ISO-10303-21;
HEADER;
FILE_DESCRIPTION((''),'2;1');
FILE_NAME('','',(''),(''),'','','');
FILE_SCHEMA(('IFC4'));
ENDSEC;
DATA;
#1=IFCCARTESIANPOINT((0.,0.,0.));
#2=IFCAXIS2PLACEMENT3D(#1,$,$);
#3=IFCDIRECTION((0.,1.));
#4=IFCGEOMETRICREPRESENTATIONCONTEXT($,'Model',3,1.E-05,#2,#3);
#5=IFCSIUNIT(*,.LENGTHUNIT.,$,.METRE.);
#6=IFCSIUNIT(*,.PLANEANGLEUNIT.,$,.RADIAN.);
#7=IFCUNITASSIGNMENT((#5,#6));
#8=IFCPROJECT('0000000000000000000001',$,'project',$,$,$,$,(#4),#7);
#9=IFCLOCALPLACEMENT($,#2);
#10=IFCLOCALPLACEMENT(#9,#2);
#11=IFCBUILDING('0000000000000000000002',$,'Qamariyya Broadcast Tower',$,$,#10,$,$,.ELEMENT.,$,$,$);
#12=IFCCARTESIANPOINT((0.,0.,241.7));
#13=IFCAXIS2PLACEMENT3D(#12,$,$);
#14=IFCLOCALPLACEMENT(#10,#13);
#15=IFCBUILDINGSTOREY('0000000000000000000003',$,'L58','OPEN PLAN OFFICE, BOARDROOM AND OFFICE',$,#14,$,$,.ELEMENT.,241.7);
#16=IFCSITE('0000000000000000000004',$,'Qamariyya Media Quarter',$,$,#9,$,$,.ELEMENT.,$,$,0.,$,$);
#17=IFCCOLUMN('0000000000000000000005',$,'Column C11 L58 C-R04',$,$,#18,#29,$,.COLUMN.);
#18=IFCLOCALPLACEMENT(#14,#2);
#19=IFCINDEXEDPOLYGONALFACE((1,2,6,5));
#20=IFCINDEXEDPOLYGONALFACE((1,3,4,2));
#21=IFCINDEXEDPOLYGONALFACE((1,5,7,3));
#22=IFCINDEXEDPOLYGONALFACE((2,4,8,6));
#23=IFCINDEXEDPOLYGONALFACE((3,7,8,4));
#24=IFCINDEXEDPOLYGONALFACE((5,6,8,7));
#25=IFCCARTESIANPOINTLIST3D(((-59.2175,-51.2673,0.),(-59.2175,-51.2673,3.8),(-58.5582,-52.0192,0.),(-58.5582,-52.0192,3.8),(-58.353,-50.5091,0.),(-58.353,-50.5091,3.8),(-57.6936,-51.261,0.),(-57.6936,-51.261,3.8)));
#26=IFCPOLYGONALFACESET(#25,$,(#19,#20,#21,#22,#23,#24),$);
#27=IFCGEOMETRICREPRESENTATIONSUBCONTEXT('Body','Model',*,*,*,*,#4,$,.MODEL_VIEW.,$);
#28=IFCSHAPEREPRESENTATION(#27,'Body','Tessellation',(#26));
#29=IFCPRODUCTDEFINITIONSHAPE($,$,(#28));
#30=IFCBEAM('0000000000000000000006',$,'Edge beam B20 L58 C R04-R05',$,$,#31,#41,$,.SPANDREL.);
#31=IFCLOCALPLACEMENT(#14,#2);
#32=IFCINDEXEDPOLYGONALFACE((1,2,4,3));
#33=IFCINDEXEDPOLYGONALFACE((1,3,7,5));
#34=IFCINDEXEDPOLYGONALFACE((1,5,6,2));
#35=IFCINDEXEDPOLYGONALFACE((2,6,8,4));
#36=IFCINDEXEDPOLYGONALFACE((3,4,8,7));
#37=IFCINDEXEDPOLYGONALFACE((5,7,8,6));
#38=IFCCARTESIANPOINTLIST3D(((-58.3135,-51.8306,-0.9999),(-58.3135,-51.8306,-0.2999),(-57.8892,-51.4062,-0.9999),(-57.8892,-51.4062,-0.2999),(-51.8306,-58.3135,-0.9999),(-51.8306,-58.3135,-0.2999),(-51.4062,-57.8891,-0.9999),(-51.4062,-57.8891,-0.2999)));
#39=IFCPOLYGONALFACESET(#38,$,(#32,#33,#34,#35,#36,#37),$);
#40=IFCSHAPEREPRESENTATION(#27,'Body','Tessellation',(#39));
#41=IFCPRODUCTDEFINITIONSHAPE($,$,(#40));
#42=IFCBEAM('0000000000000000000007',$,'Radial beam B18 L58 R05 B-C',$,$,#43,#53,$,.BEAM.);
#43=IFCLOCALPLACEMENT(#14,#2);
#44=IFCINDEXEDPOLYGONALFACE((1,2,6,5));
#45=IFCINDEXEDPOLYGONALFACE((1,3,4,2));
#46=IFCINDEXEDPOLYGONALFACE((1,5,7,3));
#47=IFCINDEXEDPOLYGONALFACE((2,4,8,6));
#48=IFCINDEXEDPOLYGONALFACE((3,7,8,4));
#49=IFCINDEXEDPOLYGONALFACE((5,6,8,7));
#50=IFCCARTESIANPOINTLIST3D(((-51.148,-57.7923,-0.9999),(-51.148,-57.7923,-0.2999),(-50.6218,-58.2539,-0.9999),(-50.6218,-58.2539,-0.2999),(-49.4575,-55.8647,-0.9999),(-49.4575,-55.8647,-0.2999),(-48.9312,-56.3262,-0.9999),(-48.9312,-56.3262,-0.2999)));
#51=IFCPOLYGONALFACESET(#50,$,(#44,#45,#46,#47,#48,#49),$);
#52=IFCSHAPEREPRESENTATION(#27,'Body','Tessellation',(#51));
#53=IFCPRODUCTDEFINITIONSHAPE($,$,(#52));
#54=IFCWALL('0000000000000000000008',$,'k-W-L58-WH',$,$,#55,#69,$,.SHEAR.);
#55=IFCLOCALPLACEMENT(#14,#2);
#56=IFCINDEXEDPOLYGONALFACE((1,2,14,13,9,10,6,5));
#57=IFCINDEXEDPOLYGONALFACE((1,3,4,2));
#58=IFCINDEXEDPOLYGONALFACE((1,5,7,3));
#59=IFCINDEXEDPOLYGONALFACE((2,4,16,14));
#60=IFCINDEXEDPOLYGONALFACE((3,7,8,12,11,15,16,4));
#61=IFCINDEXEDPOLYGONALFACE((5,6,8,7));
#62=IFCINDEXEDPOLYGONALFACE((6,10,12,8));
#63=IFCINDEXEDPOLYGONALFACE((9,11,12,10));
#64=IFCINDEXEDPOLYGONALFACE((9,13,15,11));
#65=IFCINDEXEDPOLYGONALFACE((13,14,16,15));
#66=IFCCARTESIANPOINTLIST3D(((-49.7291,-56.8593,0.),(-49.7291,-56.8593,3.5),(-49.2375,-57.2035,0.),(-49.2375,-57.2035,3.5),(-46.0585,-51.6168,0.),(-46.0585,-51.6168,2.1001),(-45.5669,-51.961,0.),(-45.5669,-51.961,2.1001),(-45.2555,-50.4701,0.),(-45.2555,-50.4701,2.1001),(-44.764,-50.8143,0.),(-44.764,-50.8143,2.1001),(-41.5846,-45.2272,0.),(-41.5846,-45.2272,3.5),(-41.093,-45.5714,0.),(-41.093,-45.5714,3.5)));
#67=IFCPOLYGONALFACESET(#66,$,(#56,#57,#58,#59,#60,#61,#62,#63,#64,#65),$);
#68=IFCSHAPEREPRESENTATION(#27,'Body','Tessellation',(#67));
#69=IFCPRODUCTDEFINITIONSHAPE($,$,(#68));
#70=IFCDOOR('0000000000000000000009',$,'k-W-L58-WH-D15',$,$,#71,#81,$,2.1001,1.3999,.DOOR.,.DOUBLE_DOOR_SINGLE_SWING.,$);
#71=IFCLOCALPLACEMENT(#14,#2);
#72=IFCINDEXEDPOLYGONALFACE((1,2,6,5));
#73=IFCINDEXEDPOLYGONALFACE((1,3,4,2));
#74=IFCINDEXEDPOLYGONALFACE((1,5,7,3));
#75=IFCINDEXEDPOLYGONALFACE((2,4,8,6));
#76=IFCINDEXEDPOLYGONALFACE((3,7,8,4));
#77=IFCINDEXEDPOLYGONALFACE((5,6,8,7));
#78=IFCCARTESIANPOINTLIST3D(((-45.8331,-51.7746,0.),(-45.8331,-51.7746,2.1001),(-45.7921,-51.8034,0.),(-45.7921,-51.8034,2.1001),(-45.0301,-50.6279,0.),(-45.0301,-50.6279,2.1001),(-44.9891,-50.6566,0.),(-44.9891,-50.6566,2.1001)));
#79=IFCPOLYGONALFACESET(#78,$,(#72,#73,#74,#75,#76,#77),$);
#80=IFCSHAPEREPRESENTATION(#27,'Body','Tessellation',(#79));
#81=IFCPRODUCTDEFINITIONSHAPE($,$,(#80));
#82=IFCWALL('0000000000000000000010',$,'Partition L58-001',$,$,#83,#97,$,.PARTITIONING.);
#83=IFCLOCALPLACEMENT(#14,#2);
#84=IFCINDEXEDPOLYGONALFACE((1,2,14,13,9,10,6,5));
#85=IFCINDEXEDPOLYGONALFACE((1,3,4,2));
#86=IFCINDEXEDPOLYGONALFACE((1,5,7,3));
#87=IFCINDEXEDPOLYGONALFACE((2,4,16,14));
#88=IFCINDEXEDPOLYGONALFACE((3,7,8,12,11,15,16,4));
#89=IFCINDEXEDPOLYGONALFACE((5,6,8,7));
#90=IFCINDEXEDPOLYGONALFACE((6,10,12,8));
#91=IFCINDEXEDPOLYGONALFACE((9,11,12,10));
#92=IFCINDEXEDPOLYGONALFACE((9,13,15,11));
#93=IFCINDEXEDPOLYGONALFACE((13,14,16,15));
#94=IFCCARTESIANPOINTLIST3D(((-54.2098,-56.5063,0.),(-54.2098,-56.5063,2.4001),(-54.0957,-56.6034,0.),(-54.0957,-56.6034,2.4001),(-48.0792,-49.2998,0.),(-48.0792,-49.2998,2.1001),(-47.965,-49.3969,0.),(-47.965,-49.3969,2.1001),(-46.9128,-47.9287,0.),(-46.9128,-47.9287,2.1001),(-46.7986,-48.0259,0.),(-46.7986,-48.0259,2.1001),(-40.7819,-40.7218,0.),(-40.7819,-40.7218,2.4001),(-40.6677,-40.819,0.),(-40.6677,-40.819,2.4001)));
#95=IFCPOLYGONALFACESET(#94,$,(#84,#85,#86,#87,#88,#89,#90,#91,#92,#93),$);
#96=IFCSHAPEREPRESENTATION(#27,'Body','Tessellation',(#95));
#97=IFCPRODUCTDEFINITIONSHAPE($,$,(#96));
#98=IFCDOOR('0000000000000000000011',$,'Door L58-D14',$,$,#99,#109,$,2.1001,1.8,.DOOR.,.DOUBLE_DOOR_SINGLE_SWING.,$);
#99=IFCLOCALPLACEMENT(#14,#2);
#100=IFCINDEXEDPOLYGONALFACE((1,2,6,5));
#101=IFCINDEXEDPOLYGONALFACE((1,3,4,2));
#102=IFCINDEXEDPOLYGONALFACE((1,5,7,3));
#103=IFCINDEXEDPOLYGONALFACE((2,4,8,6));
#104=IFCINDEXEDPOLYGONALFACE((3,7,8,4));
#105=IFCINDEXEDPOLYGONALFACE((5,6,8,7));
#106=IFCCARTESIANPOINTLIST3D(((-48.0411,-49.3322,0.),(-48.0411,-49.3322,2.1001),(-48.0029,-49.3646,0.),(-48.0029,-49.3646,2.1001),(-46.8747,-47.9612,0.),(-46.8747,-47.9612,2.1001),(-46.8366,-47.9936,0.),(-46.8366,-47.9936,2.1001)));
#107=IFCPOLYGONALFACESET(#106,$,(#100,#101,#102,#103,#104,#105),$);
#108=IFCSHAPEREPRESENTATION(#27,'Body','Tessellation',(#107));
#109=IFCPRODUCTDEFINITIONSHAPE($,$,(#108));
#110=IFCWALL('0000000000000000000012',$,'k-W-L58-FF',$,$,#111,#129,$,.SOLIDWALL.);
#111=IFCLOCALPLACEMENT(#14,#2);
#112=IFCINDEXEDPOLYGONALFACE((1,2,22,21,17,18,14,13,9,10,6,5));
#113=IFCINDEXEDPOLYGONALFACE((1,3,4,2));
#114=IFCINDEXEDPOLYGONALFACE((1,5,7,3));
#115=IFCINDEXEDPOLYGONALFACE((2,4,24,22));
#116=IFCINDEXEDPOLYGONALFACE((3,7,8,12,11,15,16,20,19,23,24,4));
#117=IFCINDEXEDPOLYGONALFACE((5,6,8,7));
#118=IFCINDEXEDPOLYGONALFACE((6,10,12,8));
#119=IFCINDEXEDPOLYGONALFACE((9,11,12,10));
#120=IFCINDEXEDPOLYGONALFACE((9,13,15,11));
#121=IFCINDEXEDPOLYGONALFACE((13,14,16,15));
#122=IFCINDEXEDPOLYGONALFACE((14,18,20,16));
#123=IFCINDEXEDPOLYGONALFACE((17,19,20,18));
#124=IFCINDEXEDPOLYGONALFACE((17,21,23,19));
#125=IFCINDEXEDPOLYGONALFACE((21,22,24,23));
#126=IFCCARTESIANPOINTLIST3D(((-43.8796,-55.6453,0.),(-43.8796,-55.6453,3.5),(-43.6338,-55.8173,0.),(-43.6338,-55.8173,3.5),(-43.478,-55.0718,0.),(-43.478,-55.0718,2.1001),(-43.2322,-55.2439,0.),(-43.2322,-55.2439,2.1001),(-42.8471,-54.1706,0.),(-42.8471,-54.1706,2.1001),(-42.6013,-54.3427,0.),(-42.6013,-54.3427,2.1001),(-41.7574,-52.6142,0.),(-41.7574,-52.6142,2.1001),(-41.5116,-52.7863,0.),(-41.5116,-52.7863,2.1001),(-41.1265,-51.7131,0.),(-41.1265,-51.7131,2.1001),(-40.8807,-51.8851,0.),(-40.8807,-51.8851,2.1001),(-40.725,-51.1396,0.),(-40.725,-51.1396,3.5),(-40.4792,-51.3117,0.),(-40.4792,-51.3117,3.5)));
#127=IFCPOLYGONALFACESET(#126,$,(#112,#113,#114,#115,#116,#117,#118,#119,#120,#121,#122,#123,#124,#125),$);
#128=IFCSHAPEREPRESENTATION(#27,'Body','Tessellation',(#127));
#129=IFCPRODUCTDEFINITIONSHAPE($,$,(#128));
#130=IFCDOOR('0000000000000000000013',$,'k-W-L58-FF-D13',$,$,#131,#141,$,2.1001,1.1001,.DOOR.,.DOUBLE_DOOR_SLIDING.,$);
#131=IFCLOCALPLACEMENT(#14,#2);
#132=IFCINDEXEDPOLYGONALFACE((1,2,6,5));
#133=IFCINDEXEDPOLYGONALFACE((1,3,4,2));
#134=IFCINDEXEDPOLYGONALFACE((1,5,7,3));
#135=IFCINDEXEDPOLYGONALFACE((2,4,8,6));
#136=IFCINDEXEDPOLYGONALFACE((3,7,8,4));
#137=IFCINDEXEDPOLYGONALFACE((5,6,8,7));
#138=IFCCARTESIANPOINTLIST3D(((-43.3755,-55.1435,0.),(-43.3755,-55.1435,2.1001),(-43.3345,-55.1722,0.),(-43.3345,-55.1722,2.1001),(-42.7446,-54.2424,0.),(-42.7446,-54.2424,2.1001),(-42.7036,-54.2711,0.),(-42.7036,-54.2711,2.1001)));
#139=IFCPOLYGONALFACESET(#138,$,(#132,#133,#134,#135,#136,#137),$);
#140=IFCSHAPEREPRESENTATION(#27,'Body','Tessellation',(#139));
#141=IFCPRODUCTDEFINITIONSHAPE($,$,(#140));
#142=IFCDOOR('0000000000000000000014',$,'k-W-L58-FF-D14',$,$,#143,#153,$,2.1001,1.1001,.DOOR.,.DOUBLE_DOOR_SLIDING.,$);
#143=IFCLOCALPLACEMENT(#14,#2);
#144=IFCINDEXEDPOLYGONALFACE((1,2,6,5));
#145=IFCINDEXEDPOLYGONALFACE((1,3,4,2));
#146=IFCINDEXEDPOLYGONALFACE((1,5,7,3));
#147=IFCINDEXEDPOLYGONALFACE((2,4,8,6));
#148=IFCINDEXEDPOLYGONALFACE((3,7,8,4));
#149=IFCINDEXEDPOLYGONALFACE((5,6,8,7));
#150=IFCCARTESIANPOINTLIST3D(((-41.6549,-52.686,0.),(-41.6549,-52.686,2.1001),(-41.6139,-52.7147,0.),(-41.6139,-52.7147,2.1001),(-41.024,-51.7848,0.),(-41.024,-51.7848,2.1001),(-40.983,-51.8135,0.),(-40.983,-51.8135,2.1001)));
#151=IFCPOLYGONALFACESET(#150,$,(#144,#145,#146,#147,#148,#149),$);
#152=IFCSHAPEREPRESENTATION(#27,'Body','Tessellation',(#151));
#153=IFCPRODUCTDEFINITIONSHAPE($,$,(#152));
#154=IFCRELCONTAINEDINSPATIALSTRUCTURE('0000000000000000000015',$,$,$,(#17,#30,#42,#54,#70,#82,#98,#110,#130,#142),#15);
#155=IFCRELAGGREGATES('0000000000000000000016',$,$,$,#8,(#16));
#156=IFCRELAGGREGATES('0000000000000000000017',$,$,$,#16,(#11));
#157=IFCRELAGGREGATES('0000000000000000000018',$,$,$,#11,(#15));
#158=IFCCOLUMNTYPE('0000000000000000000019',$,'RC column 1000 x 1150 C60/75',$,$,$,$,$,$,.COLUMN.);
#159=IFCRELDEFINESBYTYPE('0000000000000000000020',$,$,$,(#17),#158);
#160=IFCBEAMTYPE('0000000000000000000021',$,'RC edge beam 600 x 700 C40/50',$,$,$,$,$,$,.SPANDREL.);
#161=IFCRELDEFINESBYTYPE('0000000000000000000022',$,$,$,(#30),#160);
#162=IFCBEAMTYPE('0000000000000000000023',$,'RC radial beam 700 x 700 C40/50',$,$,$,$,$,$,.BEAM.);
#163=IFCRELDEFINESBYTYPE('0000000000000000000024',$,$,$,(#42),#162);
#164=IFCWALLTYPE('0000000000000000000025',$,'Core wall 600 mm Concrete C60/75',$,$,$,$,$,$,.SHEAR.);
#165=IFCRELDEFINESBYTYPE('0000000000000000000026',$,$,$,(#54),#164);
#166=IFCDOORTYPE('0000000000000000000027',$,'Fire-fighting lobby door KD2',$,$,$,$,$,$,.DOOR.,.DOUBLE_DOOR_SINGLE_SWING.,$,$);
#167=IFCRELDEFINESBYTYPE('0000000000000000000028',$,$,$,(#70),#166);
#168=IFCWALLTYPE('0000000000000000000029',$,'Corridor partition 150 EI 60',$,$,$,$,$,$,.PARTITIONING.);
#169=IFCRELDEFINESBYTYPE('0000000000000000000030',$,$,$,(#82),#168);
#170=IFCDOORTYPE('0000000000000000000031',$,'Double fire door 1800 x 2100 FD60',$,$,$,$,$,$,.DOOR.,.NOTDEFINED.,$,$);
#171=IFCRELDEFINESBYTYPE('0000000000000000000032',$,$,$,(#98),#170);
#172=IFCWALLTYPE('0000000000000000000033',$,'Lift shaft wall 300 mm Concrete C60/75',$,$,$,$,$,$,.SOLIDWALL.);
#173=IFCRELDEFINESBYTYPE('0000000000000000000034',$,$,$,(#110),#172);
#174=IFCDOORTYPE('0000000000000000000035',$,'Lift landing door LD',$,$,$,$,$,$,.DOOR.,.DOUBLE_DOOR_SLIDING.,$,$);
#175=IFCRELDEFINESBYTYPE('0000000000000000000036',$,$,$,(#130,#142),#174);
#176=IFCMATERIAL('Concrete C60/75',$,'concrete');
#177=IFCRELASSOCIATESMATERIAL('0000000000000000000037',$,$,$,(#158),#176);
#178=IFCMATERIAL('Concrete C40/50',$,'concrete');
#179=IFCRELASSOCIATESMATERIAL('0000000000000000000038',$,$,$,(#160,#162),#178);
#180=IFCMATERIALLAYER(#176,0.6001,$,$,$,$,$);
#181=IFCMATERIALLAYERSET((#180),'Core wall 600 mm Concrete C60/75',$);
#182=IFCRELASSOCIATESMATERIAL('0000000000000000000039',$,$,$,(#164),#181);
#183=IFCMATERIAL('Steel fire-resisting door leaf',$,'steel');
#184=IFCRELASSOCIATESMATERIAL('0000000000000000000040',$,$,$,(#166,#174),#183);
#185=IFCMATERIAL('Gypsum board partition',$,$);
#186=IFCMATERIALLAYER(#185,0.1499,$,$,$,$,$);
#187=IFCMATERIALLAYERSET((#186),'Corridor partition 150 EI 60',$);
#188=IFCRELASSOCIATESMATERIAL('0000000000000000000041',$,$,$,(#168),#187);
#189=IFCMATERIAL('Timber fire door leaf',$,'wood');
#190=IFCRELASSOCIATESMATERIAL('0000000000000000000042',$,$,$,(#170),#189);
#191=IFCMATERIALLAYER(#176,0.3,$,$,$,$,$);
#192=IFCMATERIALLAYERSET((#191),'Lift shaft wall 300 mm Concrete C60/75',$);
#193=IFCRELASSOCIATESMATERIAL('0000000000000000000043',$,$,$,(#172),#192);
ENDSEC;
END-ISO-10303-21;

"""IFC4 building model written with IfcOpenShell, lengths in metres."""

from ifc_helpers import new_model, si_unit, direction, frame, frame_2d, origin, origin_2d, place, context, subcontext, project, spatial, rectangle, extrude, material, layer, layer_set, material_profile, profile_set, type_object, element, fill, save


model = new_model("IFC4")

# Units and contexts
model_context = context("Model", 3, precision=1e-05, world=origin(), true_north=direction((0.0, 1.0)))
body_context = subcontext(model_context, "Body", "Model", "MODEL_VIEW")
ifc_project = project(units=[si_unit("LENGTHUNIT", "METRE"), si_unit("PLANEANGLEUNIT", "RADIAN")], contexts=[model_context])

# Site, building, storey
site_placement = place(None, origin())
site = spatial("IfcSite", under=ifc_project, at=site_placement, Name="Qamariyya Media Quarter", CompositionType="ELEMENT", RefElevation=0.0)
building_placement = place(site_placement, origin())
building = spatial("IfcBuilding", under=site, at=building_placement, Name="Qamariyya Broadcast Tower", CompositionType="ELEMENT")
storey_placement = place(building_placement, frame((0.0, 0.0, 241.7)))
storey = spatial("IfcBuildingStorey", under=building, at=storey_placement, Name="L58", Description="OPEN PLAN OFFICE, BOARDROOM AND OFFICE", CompositionType="ELEMENT", Elevation=241.7)

# Column
ifc_material_1 = material(Name="Concrete C60/75", Category="concrete")
ifc_material_profile_1 = material_profile(ifc_material_1, rectangle(XDim=1.0, YDim=1.1499, at=origin_2d()))
ifc_profile_set_1 = profile_set([ifc_material_profile_1], Name="Concrete C60/75")
column_type = type_object("IfcColumnType", Name="RC column 1000 x 1150 C60/75", PredefinedType="COLUMN", material=ifc_profile_set_1)
column_placement = place(storey_placement, frame((-58.4556, -51.2642, 0.0), z_axis=(0.0, 0.0, 1.0), x_axis=(0.659346, -0.75184, 0.0)))
element("IfcColumn", 1, at=column_placement, inside=storey, type_object=column_type, Name="Column C11 L58 C-R04", PredefinedType="COLUMN", context=body_context, shape_type="SweptSolid", body=[
    extrude(rectangle(XDim=1.0, YDim=1.1499, at=origin_2d()), origin(), (0.0, 0.0, 1.0), 3.8),
])

# Beams
ifc_material_2 = material(Name="Concrete C40/50", Category="concrete")
ifc_material_profile_2 = material_profile(ifc_material_2, rectangle(XDim=0.6001, YDim=0.7, at=origin_2d()))
ifc_profile_set_2 = profile_set([ifc_material_profile_2], Name="Concrete C40/50")
beam_type_1 = type_object("IfcBeamType", Name="RC edge beam 600 x 700 C40/50", PredefinedType="SPANDREL", material=ifc_profile_set_2)
beam_1_placement = place(storey_placement, frame((-58.1013, -51.6184, -0.6499), z_axis=(0.707107, -0.707107, 0.0), x_axis=(0.707107, 0.707107, 0.0)))
element("IfcBeam", 2, at=beam_1_placement, inside=storey, type_object=beam_type_1, Name="Edge beam B20 L58 C R04-R05", PredefinedType="SPANDREL", context=body_context, shape_type="SweptSolid", body=[
    extrude(rectangle(XDim=0.6001, YDim=0.7, at=origin_2d()), origin(), (0.0, 0.0, 1.0), 9.1682),
])
ifc_material_profile_3 = material_profile(ifc_material_2, rectangle(XDim=0.7, YDim=0.7, at=origin_2d()))
ifc_profile_set_3 = profile_set([ifc_material_profile_3], Name="Concrete C40/50")
beam_type_2 = type_object("IfcBeamType", Name="RC radial beam 700 x 700 C40/50", PredefinedType="BEAM", material=ifc_profile_set_3)
beam_2_placement = place(storey_placement, frame((-49.1943, -56.0955, -0.6499), z_axis=(-0.659367, -0.751821, 0.0), x_axis=(0.751821, -0.659367, 0.0)))
element("IfcBeam", 3, at=beam_2_placement, inside=storey, type_object=beam_type_2, Name="Radial beam B18 L58 R05 B-C", PredefinedType="BEAM", context=body_context, shape_type="SweptSolid", body=[
    extrude(rectangle(XDim=0.7, YDim=0.7, at=origin_2d()), origin(), (0.0, 0.0, 1.0), 2.564),
])

# Walls, openings, doors
ifc_layer_1 = layer(ifc_material_1, 0.6001)
ifc_layer_set_1 = layer_set([ifc_layer_1], Name="Core wall 600 mm Concrete C60/75")
wall_type_1 = type_object("IfcWallType", Name="Core wall 600 mm Concrete C60/75", PredefinedType="SHEAR", material=ifc_layer_set_1)
wall_1_placement = place(storey_placement, frame((-49.4834, -57.0315, 0.0), z_axis=(0.0, 0.0, 1.0), x_axis=(0.57356, 0.819163, 0.0)))
wall_1 = element("IfcWall", 4, at=wall_1_placement, inside=storey, type_object=wall_type_1, Name="k-W-L58-WH", PredefinedType="SHEAR", context=body_context, shape_type="SweptSolid", body=[
    extrude(rectangle(XDim=14.2, YDim=0.6001, at=frame_2d((7.1001, 0.0))), origin(), (0.0, 0.0, 1.0), 3.5),
])
opening_1_placement = place(wall_1_placement, frame((6.3999, 0.0, 0.0)))
opening_1 = element("IfcOpeningElement", 5, at=opening_1_placement, cuts=wall_1, PredefinedType="OPENING", context=body_context, shape_type="SweptSolid", body=[
    extrude(rectangle(XDim=1.3999, YDim=2.1001, at=frame_2d((0.7, 1.05))), frame((0.0, 0.3101, 0.0), z_axis=(0.0, -1.0, 0.0), x_axis=(1.0, 0.0, 0.0)), (0.0, 0.0, 1.0), 0.6201),
])
ifc_material_3 = material(Name="Steel fire-resisting door leaf", Category="steel")
door_type_1 = type_object("IfcDoorType", Name="Fire-fighting lobby door KD2", OperationType="DOUBLE_DOOR_SINGLE_SWING", PredefinedType="DOOR", material=ifc_material_3)
door_1_placement = place(opening_1_placement, origin())
door_1 = element("IfcDoor", 6, at=door_1_placement, inside=storey, type_object=door_type_1, Name="k-W-L58-WH-D15", OperationType="DOUBLE_DOOR_SINGLE_SWING", OverallHeight=2.1001, OverallWidth=1.3999, PredefinedType="DOOR", context=body_context, shape_type="SweptSolid", body=[
    extrude(rectangle(XDim=1.3999, YDim=2.1001, at=frame_2d((0.7, 1.05))), frame((0.0, 0.0249, 0.0), z_axis=(0.0, -1.0, 0.0), x_axis=(1.0, 0.0, 0.0)), (0.0, 0.0, 1.0), 0.05),
])
fill(opening_1, door_1)
ifc_material_4 = material(Name="Gypsum board partition")
ifc_layer_2 = layer(ifc_material_4, 0.1499)
ifc_layer_set_2 = layer_set([ifc_layer_2], Name="Corridor partition 150 EI 60")
wall_type_2 = type_object("IfcWallType", Name="Corridor partition 150 EI 60", PredefinedType="PARTITIONING", material=ifc_layer_set_2)
wall_2_placement = place(storey_placement, frame((-54.1528, -56.5549, 0.0), z_axis=(0.0, 0.0, 1.0), x_axis=(0.647963, 0.761672, 0.0)))
wall_2 = element("IfcWall", 7, at=wall_2_placement, inside=storey, type_object=wall_type_2, Name="Partition L58-001", PredefinedType="PARTITIONING", context=body_context, shape_type="SweptSolid", body=[
    extrude(rectangle(XDim=20.7234, YDim=0.1499, at=frame_2d((10.3618, 0.0))), origin(), (0.0, 0.0, 1.0), 2.4001),
])
opening_2_placement = place(wall_2_placement, frame((9.4617, 0.0, 0.0)))
opening_2 = element("IfcOpeningElement", 8, at=opening_2_placement, cuts=wall_2, PredefinedType="OPENING", context=body_context, shape_type="SweptSolid", body=[
    extrude(rectangle(XDim=1.8, YDim=2.1001, at=frame_2d((0.8999, 1.05))), frame((0.0, 0.085, 0.0), z_axis=(0.0, -1.0, 0.0), x_axis=(1.0, 0.0, 0.0)), (0.0, 0.0, 1.0), 0.1699),
])
ifc_material_5 = material(Name="Timber fire door leaf", Category="wood")
door_type_2 = type_object("IfcDoorType", Name="Double fire door 1800 x 2100 FD60", OperationType="NOTDEFINED", PredefinedType="DOOR", material=ifc_material_5)
door_2_placement = place(opening_2_placement, origin())
door_2 = element("IfcDoor", 9, at=door_2_placement, inside=storey, type_object=door_type_2, Name="Door L58-D14", OperationType="DOUBLE_DOOR_SINGLE_SWING", OverallHeight=2.1001, OverallWidth=1.8, PredefinedType="DOOR", context=body_context, shape_type="SweptSolid", body=[
    extrude(rectangle(XDim=1.8, YDim=2.1001, at=frame_2d((0.8999, 1.05))), frame((0.0, 0.0249, 0.0), z_axis=(0.0, -1.0, 0.0), x_axis=(1.0, 0.0, 0.0)), (0.0, 0.0, 1.0), 0.05),
])
fill(opening_2, door_2)

# Wall, openings, doors
ifc_layer_3 = layer(ifc_material_1, 0.3)
ifc_layer_set_3 = layer_set([ifc_layer_3], Name="Lift shaft wall 300 mm Concrete C60/75")
wall_type_3 = type_object("IfcWallType", Name="Lift shaft wall 300 mm Concrete C60/75", PredefinedType="SOLIDWALL", material=ifc_layer_set_3)
wall_3_placement = place(storey_placement, frame((-43.7566, -55.7312, 0.0), z_axis=(0.0, 0.0, 1.0), x_axis=(0.573537, 0.81918, 0.0)))
wall_3 = element("IfcWall", 10, at=wall_3_placement, inside=storey, type_object=wall_type_3, Name="k-W-L58-FF", PredefinedType="SOLIDWALL", context=body_context, shape_type="SweptSolid", body=[
    extrude(rectangle(XDim=5.5002, YDim=0.3, at=frame_2d((2.75, 0.0))), origin(), (0.0, 0.0, 1.0), 3.5),
])
opening_3_placement = place(wall_3_placement, frame((0.7, 0.0, 0.0)))
opening_3 = element("IfcOpeningElement", 11, at=opening_3_placement, cuts=wall_3, PredefinedType="OPENING", context=body_context, shape_type="SweptSolid", body=[
    extrude(rectangle(XDim=1.1001, YDim=2.1001, at=frame_2d((0.55, 1.05))), frame((0.0, 0.1599, 0.0), z_axis=(0.0, -1.0, 0.0), x_axis=(1.0, 0.0, 0.0)), (0.0, 0.0, 1.0), 0.3201),
])
opening_4_placement = place(wall_3_placement, frame((3.7, 0.0, 0.0)))
opening_4 = element("IfcOpeningElement", 12, at=opening_4_placement, cuts=wall_3, PredefinedType="OPENING", context=body_context, shape_type="SweptSolid", body=[
    extrude(rectangle(XDim=1.1001, YDim=2.1001, at=frame_2d((0.55, 1.05))), frame((0.0, 0.1599, 0.0), z_axis=(0.0, -1.0, 0.0), x_axis=(1.0, 0.0, 0.0)), (0.0, 0.0, 1.0), 0.3201),
])
door_type_3 = type_object("IfcDoorType", Name="Lift landing door LD", OperationType="DOUBLE_DOOR_SLIDING", PredefinedType="DOOR", material=ifc_material_3)
door_3_placement = place(opening_3_placement, origin())
door_3 = element("IfcDoor", 13, at=door_3_placement, inside=storey, type_object=door_type_3, Name="k-W-L58-FF-D13", OperationType="DOUBLE_DOOR_SLIDING", OverallHeight=2.1001, OverallWidth=1.1001, PredefinedType="DOOR", context=body_context, shape_type="SweptSolid", body=[
    extrude(rectangle(XDim=1.1001, YDim=2.1001, at=frame_2d((0.55, 1.05))), frame((0.0, 0.0249, 0.0), z_axis=(0.0, -1.0, 0.0), x_axis=(1.0, 0.0, 0.0)), (0.0, 0.0, 1.0), 0.05),
])
fill(opening_3, door_3)
door_4_placement = place(opening_4_placement, origin())
door_4 = element("IfcDoor", 14, at=door_4_placement, inside=storey, type_object=door_type_3, Name="k-W-L58-FF-D14", OperationType="DOUBLE_DOOR_SLIDING", OverallHeight=2.1001, OverallWidth=1.1001, PredefinedType="DOOR", context=body_context, shape_type="SweptSolid", body=[
    extrude(rectangle(XDim=1.1001, YDim=2.1001, at=frame_2d((0.55, 1.05))), frame((0.0, 0.0249, 0.0), z_axis=(0.0, -1.0, 0.0), x_axis=(1.0, 0.0, 0.0)), (0.0, 0.0, 1.0), 0.05),
])
fill(opening_4, door_4)

save(model, "model.ifc")
